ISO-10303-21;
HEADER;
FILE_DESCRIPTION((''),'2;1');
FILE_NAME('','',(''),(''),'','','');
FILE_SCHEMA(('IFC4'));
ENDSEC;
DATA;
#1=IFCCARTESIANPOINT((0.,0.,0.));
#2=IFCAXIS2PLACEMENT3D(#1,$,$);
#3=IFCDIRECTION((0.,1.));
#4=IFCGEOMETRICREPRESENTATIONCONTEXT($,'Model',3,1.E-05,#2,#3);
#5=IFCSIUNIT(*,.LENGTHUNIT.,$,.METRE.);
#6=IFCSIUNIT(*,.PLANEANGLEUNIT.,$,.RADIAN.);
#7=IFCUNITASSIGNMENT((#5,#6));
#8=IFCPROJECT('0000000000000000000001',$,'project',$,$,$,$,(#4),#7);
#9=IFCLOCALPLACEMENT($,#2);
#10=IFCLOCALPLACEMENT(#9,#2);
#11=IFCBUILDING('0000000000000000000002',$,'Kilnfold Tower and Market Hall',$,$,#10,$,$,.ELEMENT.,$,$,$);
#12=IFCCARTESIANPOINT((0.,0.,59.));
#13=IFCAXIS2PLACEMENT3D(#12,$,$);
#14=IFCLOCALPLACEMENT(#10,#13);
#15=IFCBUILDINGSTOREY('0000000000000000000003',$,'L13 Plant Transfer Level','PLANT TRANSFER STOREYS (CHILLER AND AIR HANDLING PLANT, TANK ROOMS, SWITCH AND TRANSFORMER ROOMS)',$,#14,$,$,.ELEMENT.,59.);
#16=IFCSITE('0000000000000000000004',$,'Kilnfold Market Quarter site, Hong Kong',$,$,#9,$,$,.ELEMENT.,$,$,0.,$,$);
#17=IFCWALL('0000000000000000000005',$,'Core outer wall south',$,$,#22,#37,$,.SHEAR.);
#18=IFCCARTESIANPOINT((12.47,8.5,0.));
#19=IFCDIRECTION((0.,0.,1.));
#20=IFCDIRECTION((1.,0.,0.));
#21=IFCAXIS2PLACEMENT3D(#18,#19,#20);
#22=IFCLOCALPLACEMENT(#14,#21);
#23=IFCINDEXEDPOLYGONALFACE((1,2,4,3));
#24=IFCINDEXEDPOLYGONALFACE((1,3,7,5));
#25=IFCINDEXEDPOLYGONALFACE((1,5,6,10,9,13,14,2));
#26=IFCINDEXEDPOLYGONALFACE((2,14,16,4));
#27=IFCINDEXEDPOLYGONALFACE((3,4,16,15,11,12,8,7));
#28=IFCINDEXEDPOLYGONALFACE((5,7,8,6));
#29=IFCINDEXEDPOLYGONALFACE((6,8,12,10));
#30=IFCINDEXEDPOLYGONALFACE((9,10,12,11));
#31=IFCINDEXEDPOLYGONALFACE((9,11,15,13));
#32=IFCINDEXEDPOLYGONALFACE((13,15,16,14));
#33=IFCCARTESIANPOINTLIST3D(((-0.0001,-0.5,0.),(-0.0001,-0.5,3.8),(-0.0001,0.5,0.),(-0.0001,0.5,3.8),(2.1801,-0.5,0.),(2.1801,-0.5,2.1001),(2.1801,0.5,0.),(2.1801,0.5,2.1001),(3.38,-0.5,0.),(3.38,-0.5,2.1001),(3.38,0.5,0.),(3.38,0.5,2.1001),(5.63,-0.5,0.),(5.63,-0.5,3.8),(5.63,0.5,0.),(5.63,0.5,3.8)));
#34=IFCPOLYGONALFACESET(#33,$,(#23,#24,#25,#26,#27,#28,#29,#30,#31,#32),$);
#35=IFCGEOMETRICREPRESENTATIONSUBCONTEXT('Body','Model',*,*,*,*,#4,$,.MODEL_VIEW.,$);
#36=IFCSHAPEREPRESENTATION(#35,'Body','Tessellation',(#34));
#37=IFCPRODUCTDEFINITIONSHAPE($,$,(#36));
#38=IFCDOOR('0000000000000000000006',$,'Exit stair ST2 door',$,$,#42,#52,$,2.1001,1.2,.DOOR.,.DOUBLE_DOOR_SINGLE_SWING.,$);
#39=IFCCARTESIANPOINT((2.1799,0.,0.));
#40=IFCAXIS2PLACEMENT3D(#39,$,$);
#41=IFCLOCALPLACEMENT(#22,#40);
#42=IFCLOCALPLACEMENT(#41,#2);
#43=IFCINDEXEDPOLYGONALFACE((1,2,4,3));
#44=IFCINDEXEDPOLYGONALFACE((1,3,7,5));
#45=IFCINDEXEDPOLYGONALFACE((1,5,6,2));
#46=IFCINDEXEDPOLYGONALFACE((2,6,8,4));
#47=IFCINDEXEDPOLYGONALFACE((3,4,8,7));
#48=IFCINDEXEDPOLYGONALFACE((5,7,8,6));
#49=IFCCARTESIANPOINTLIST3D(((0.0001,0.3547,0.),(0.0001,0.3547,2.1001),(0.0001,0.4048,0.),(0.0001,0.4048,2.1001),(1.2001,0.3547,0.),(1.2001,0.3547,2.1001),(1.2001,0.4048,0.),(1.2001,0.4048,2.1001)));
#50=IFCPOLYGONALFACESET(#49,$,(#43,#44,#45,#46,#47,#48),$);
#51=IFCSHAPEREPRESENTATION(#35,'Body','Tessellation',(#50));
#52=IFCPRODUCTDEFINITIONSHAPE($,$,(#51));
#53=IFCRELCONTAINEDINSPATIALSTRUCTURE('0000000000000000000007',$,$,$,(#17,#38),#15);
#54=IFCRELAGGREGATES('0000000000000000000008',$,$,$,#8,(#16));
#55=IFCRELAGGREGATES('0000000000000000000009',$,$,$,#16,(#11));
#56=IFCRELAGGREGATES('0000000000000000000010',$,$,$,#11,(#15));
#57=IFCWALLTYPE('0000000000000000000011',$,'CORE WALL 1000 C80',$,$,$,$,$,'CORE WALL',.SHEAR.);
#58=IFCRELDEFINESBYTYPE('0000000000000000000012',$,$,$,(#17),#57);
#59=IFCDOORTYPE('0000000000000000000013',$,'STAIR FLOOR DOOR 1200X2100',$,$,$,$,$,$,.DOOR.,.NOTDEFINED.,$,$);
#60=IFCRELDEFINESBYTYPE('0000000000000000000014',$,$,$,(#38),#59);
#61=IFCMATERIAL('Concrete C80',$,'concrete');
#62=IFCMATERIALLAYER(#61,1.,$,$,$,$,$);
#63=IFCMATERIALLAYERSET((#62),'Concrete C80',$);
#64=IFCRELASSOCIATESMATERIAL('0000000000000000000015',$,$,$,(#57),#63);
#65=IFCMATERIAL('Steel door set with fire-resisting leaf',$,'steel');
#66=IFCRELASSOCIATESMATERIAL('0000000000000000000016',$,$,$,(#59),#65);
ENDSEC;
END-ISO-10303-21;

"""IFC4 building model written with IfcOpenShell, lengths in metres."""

from ifc_helpers import new_model, si_unit, direction, frame, frame_2d, origin, place, context, subcontext, project, spatial, rectangle, extrude, source, transform, mapped, material, layer, layer_set, type_object, element, fill, save


model = new_model("IFC4")

# Units and contexts
model_context = context("Model", 3, precision=1e-05, world=origin(), true_north=direction((0.0, 1.0)))
body_context = subcontext(model_context, "Body", "Model", "MODEL_VIEW")
ifc_project = project(units=[si_unit("LENGTHUNIT", "METRE"), si_unit("PLANEANGLEUNIT", "RADIAN")], contexts=[model_context])

# Site, building, storey
site_placement = place(None, origin())
site = spatial("IfcSite", under=ifc_project, at=site_placement, Name="Kilnfold Market Quarter site, Hong Kong", CompositionType="ELEMENT", RefElevation=0.0)
building_placement = place(site_placement, origin())
building = spatial("IfcBuilding", under=site, at=building_placement, Name="Kilnfold Tower and Market Hall", CompositionType="ELEMENT")
storey_placement = place(building_placement, frame((0.0, 0.0, 59.0)))
storey = spatial("IfcBuildingStorey", under=building, at=storey_placement, Name="L13 Plant Transfer Level", Description="PLANT TRANSFER STOREYS (CHILLER AND AIR HANDLING PLANT, TANK ROOMS, SWITCH AND TRANSFORMER ROOMS)", CompositionType="ELEMENT", Elevation=59.0)

# Shared definitions
ifc_material_1 = material(Name="Concrete C80", Category="concrete")
ifc_layer_1 = layer(ifc_material_1, 1.0)
ifc_layer_set_1 = layer_set([ifc_layer_1], Name="Concrete C80")
wall_type_1 = type_object("IfcWallType", Name="CORE WALL 1000 C80", ElementType="CORE WALL", PredefinedType="SHEAR", material=ifc_layer_set_1)

# Wall, opening, door
shared_shape_1 = source(origin(), body_context, "Body", "SweptSolid", [
    extrude(rectangle(XDim=5.6301, YDim=1.0, at=frame_2d((2.8149, 0.0))), origin(), (0.0, 0.0, 1.0), 3.8),
])
wall_1_placement = place(storey_placement, frame((12.47, 8.5, 0.0), z_axis=(0.0, 0.0, 1.0), x_axis=(1.0, 0.0, 0.0)))
wall_1 = element("IfcWall", 1, at=wall_1_placement, inside=storey, type_object=wall_type_1, Name="Core outer wall south", PredefinedType="SHEAR", context=body_context, shape_type="MappedRepresentation", body=[
    mapped(shared_shape_1, transform((0.0, 0.0, 0.0))),
])
opening_1_placement = place(wall_1_placement, frame((2.1799, 0.0, 0.0)))
opening_1 = element("IfcOpeningElement", 2, at=opening_1_placement, cuts=wall_1, PredefinedType="OPENING", context=body_context, shape_type="SweptSolid", body=[
    extrude(rectangle(XDim=1.2, YDim=2.1001, at=frame_2d((0.6001, 1.05))), frame((0.0, 0.51, 0.0), z_axis=(0.0, -1.0, 0.0), x_axis=(1.0, 0.0, 0.0)), (0.0, 0.0, 1.0), 1.02),
])
ifc_material_2 = material(Name="Steel door set with fire-resisting leaf", Category="steel")
door_type_1 = type_object("IfcDoorType", Name="STAIR FLOOR DOOR 1200X2100", OperationType="NOTDEFINED", PredefinedType="DOOR", material=ifc_material_2)
door_1_placement = place(opening_1_placement, origin())
door_1 = element("IfcDoor", 3, at=door_1_placement, inside=storey, type_object=door_type_1, Name="Exit stair ST2 door", OperationType="DOUBLE_DOOR_SINGLE_SWING", OverallHeight=2.1001, OverallWidth=1.2, PredefinedType="DOOR", context=body_context, shape_type="SweptSolid", body=[
    extrude(rectangle(XDim=1.2, YDim=2.1001, at=frame_2d((0.6001, 1.05))), frame((0.0, 0.4048, 0.0), z_axis=(0.0, -1.0, 0.0), x_axis=(1.0, 0.0, 0.0)), (0.0, 0.0, 1.0), 0.05),
])
fill(opening_1, door_1)

save(model, "model.ifc")
